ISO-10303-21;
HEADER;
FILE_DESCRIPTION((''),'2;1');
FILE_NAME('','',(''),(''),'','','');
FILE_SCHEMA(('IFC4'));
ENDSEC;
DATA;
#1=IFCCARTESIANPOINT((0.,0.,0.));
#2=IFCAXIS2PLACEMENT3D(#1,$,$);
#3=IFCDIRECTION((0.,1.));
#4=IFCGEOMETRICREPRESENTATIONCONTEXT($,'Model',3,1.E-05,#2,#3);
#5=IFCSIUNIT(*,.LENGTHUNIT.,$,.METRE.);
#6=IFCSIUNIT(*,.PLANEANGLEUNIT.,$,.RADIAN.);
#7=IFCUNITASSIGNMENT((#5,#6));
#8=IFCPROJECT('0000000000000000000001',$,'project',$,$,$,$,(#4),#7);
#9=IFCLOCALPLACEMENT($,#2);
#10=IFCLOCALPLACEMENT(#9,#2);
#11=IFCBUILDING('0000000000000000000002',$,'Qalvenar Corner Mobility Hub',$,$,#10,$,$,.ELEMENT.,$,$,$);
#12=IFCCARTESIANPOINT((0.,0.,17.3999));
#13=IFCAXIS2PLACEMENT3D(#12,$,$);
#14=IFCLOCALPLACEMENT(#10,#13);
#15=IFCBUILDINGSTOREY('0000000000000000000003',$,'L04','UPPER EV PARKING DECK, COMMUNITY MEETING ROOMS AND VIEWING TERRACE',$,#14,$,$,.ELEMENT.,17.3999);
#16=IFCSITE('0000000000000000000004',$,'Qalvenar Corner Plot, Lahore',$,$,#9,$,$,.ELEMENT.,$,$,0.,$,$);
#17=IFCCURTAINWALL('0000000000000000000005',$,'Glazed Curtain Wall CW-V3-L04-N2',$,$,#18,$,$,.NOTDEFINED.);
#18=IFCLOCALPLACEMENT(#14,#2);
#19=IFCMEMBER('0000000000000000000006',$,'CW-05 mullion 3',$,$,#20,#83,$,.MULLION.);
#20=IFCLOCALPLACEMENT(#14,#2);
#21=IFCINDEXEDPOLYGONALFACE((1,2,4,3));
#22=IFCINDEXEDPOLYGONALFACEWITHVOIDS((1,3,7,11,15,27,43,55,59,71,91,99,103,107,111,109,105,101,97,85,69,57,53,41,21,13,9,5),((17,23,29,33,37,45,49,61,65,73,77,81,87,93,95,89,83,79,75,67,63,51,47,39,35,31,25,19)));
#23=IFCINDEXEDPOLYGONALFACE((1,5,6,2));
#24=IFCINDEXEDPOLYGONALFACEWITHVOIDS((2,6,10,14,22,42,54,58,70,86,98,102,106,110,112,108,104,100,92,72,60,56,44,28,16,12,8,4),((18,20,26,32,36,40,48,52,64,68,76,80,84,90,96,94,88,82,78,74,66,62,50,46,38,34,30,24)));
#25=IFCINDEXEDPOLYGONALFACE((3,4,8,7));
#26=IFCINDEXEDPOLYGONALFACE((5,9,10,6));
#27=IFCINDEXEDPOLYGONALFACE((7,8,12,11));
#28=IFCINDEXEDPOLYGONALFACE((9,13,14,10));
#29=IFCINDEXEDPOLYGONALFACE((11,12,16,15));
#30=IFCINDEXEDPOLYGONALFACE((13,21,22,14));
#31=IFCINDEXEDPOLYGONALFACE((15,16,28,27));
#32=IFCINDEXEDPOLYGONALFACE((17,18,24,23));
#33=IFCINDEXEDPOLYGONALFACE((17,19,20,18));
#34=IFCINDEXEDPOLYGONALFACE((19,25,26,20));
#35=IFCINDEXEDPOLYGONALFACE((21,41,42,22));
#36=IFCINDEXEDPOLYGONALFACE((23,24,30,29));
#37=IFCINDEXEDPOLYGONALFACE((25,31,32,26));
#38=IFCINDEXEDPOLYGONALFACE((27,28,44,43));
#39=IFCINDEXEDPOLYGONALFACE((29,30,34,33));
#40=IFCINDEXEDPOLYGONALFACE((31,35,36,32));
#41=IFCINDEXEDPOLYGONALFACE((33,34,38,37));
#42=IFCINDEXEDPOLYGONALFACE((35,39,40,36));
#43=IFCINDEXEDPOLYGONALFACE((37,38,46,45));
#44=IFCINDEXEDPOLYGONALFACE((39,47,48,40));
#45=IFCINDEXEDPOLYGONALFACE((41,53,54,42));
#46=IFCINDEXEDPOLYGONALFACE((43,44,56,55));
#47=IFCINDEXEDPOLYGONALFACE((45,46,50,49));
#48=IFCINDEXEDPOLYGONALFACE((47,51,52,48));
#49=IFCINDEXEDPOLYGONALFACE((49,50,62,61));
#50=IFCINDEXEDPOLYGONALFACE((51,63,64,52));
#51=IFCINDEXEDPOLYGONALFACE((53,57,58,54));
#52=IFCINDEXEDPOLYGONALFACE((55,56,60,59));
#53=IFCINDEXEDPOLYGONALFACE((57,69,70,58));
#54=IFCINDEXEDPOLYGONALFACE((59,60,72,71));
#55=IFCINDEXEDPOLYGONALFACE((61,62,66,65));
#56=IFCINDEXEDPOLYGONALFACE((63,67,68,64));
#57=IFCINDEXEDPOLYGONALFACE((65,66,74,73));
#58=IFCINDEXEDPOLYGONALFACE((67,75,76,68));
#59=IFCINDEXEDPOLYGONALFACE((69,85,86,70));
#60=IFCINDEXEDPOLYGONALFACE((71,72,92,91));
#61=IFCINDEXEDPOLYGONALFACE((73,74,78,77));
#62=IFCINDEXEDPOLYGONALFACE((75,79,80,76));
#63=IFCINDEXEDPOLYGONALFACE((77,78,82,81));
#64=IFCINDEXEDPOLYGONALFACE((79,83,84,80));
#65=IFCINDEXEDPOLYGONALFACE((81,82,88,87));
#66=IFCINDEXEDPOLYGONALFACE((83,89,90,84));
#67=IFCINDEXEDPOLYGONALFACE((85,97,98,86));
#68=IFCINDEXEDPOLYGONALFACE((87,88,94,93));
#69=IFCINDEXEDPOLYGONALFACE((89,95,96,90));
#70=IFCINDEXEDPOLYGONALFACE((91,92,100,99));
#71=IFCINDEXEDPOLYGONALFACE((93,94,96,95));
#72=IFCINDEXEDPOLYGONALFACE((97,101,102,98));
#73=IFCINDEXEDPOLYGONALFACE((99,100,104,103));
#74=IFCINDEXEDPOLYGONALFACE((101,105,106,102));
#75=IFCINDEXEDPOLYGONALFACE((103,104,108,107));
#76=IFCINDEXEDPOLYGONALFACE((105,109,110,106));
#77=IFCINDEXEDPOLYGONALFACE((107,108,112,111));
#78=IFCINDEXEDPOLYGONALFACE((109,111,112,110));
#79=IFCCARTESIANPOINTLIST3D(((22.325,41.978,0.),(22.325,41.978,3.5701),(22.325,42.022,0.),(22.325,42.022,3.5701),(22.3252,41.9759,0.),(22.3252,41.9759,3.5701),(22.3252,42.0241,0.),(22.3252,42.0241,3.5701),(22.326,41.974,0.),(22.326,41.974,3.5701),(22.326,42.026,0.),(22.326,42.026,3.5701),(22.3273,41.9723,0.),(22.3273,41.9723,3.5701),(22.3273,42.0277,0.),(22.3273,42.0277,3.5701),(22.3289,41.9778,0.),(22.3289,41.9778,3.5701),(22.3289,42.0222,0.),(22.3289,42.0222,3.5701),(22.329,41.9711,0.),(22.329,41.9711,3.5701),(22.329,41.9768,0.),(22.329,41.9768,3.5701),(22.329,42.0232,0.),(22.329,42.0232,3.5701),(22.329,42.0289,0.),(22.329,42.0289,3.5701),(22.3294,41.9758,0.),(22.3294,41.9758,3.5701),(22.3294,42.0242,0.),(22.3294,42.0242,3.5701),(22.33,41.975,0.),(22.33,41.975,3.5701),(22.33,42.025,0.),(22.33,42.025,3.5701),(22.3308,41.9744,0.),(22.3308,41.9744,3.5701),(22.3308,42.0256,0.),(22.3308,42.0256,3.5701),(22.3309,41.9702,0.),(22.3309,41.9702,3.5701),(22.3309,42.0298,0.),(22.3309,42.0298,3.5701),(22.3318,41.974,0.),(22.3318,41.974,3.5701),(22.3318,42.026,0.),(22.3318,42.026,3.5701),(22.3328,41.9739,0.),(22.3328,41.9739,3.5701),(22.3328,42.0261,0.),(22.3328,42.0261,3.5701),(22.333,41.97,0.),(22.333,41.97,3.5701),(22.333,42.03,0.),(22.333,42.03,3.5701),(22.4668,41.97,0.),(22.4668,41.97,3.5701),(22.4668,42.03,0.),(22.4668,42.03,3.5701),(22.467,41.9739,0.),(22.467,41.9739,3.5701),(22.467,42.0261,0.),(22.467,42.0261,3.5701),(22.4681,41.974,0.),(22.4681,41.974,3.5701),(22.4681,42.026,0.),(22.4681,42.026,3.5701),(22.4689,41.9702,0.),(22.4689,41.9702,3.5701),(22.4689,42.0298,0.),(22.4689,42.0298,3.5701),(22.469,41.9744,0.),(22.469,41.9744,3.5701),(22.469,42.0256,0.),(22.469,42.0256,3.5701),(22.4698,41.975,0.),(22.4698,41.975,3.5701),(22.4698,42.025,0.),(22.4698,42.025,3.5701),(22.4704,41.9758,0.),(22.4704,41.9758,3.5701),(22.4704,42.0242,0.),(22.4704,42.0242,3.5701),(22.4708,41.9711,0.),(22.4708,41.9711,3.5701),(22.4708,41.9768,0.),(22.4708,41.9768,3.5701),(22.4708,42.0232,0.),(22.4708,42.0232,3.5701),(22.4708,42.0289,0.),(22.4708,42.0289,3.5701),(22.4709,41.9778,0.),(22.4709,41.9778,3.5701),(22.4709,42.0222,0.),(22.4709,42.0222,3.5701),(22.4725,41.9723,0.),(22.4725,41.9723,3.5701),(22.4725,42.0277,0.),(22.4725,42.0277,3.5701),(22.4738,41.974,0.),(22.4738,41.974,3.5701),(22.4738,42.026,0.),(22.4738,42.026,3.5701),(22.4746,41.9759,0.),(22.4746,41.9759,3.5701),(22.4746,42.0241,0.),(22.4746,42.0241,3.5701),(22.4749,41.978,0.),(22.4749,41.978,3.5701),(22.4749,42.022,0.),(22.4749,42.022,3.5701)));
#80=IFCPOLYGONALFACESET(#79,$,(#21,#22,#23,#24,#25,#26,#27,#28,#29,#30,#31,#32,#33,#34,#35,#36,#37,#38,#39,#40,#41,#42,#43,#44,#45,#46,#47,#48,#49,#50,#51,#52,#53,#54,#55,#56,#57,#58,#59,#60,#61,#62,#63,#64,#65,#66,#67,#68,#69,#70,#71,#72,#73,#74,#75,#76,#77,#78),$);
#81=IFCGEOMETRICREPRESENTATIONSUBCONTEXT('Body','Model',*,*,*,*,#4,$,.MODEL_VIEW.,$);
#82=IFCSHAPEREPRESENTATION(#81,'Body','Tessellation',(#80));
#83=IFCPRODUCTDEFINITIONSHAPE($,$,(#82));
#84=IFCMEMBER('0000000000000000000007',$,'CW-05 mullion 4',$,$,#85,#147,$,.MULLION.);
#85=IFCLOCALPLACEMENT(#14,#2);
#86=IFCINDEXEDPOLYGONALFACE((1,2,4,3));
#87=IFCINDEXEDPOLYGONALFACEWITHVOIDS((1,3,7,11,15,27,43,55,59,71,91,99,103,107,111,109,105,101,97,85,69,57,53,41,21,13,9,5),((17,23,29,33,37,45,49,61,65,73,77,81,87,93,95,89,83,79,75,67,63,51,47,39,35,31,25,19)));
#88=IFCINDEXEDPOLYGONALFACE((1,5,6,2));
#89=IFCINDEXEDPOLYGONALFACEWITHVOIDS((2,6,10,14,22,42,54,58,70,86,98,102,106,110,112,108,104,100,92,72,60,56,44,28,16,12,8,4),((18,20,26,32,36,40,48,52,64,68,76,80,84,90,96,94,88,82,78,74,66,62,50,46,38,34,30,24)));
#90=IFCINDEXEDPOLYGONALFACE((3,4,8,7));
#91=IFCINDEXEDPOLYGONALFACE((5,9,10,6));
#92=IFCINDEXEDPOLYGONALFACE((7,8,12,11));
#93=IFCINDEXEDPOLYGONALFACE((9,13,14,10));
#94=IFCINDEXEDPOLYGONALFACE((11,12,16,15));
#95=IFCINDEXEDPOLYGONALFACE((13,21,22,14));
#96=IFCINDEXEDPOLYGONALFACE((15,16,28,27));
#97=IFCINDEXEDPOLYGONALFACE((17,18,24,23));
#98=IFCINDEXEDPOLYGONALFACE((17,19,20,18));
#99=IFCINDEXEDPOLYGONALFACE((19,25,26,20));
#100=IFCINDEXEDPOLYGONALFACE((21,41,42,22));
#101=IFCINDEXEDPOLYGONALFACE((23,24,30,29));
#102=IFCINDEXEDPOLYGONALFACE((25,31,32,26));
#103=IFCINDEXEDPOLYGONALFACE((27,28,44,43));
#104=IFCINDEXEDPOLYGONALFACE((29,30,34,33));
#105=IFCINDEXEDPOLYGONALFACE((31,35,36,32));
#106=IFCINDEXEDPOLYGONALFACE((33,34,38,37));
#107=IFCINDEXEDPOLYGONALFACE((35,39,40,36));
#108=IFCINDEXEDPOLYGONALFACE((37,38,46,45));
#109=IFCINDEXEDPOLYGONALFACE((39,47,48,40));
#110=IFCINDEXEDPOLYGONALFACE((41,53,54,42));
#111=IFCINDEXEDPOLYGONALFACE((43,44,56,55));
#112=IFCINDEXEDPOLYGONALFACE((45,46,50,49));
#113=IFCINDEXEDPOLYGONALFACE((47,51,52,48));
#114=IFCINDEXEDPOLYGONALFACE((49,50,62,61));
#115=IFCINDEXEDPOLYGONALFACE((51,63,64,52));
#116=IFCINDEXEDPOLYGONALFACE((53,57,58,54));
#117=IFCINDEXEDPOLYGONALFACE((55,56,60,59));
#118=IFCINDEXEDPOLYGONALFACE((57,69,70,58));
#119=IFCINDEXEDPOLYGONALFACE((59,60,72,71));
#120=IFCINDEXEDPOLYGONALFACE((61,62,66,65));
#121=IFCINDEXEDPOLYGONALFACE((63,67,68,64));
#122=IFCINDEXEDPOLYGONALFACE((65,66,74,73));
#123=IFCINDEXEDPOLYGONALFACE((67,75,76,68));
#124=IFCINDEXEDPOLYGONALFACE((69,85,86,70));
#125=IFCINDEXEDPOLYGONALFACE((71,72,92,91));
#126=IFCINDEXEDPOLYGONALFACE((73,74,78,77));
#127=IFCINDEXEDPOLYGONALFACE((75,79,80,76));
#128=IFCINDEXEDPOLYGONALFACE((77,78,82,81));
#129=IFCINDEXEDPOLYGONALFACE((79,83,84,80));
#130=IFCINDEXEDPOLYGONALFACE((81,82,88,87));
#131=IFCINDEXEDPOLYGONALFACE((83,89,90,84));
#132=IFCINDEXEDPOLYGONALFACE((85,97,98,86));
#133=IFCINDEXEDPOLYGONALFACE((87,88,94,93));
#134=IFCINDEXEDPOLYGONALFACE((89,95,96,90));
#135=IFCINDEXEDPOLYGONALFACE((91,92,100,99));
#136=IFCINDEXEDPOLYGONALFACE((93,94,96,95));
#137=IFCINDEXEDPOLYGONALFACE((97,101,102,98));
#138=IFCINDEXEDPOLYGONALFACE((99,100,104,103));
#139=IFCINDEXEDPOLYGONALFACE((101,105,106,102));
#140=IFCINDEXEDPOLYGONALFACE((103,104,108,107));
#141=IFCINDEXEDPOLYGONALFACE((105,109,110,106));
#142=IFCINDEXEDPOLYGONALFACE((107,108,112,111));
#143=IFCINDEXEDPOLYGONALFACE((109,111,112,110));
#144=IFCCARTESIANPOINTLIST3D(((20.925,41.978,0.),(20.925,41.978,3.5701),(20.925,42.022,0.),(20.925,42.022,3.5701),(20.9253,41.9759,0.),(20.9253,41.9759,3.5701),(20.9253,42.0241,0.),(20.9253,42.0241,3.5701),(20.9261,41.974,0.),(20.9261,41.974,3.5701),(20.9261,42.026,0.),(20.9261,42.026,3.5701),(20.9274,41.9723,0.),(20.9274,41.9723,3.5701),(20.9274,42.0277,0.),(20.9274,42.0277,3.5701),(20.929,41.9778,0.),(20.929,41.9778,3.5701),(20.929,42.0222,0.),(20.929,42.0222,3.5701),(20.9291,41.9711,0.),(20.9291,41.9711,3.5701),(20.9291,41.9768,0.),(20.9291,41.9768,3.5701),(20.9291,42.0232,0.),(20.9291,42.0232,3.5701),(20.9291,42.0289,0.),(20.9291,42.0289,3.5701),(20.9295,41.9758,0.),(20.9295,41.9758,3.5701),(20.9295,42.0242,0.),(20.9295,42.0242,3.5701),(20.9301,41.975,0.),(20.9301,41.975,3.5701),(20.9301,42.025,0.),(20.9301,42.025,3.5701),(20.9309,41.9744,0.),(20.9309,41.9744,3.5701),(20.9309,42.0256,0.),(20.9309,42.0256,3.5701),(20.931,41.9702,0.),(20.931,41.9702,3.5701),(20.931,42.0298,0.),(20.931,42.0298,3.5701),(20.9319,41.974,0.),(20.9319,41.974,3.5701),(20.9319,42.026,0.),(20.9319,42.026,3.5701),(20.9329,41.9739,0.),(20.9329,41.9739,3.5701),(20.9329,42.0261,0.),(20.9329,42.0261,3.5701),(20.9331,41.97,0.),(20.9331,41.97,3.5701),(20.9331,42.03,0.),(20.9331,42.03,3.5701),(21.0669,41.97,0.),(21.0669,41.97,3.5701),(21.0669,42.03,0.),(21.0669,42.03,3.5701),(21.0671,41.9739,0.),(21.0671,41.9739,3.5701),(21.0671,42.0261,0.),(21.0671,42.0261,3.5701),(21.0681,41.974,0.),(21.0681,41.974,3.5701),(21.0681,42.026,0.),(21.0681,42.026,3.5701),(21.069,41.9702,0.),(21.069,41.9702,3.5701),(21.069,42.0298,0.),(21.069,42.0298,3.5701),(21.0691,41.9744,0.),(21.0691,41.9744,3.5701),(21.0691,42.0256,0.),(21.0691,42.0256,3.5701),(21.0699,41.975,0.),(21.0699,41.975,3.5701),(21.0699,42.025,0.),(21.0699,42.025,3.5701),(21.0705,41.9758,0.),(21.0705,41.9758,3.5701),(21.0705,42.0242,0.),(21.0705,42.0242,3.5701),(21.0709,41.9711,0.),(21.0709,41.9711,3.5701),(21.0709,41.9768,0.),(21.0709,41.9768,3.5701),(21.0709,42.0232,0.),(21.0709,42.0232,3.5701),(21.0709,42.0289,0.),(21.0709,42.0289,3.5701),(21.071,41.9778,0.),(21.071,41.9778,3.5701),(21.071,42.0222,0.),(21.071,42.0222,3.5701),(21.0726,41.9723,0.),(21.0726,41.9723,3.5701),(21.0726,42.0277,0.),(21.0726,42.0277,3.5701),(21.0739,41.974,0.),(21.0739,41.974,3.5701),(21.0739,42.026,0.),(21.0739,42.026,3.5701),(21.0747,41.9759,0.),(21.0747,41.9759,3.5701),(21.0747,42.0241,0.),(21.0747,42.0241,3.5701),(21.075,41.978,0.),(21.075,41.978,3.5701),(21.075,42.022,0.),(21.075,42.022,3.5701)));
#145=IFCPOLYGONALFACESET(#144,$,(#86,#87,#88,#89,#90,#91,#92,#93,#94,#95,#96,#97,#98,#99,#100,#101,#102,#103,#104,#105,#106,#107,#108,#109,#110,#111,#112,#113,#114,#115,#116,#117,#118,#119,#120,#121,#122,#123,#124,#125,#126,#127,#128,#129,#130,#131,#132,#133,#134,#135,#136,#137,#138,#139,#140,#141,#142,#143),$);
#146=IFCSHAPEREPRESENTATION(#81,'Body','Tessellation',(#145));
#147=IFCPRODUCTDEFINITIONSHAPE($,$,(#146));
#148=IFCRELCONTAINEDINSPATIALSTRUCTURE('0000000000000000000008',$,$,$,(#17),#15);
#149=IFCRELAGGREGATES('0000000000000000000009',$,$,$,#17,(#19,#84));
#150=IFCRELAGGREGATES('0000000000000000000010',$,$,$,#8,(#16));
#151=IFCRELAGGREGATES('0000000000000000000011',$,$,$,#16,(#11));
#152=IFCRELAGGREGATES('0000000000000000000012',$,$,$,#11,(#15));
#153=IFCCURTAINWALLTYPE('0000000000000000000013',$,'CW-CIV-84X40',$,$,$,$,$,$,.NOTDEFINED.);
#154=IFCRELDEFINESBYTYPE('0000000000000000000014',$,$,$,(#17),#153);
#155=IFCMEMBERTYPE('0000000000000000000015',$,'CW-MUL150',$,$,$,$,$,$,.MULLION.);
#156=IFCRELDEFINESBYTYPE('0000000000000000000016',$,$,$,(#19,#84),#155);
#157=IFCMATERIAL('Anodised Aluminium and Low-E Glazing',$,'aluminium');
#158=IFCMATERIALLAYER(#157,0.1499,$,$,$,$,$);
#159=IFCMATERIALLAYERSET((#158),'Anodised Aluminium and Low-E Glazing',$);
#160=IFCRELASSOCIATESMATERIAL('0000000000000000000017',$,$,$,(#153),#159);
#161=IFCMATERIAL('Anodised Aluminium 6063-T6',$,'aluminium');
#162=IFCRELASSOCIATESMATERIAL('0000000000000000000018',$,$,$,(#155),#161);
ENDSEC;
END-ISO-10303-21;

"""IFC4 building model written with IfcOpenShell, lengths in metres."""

from ifc_helpers import new_model, si_unit, direction, frame, origin, origin_2d, place, context, subcontext, project, spatial, hollow_rectangle, extrude, material, layer, layer_set, material_profile, profile_set, type_object, element, aggregate, save


model = new_model("IFC4")

# Units and contexts
model_context = context("Model", 3, precision=1e-05, world=origin(), true_north=direction((0.0, 1.0)))
body_context = subcontext(model_context, "Body", "Model", "MODEL_VIEW")
ifc_project = project(units=[si_unit("LENGTHUNIT", "METRE"), si_unit("PLANEANGLEUNIT", "RADIAN")], contexts=[model_context])

# Site, building, storey
site_placement = place(None, origin())
site = spatial("IfcSite", under=ifc_project, at=site_placement, Name="Qalvenar Corner Plot, Lahore", CompositionType="ELEMENT", RefElevation=0.0)
building_placement = place(site_placement, origin())
building = spatial("IfcBuilding", under=site, at=building_placement, Name="Qalvenar Corner Mobility Hub", CompositionType="ELEMENT")
storey_placement = place(building_placement, frame((0.0, 0.0, 17.3999)))
storey = spatial("IfcBuildingStorey", under=building, at=storey_placement, Name="L04", Description="UPPER EV PARKING DECK, COMMUNITY MEETING ROOMS AND VIEWING TERRACE", CompositionType="ELEMENT", Elevation=17.3999)

# Curtain wall, members
ifc_material_1 = material(Name="Anodised Aluminium and Low-E Glazing", Category="aluminium")
ifc_layer_1 = layer(ifc_material_1, 0.1499)
ifc_layer_set_1 = layer_set([ifc_layer_1], Name="Anodised Aluminium and Low-E Glazing")
curtain_wall_type = type_object("IfcCurtainWallType", Name="CW-CIV-84X40", PredefinedType="NOTDEFINED", material=ifc_layer_set_1)
curtain_wall_placement = place(storey_placement, origin())
curtain_wall = element("IfcCurtainWall", 1, at=curtain_wall_placement, inside=storey, type_object=curtain_wall_type, Name="Glazed Curtain Wall CW-V3-L04-N2", PredefinedType="NOTDEFINED")
ifc_material_2 = material(Name="Anodised Aluminium 6063-T6", Category="aluminium")
ifc_material_profile_1 = material_profile(ifc_material_2, hollow_rectangle(XDim=0.0601, YDim=0.1499, WallThickness=0.0039, InnerFilletRadius=0.0039, OuterFilletRadius=0.0081, at=origin_2d()), Name="RHS150x60x4")
ifc_profile_set_1 = profile_set([ifc_material_profile_1], Name="Anodised Aluminium 6063-T6")
member_type_1 = type_object("IfcMemberType", Name="CW-MUL150", PredefinedType="MULLION", material=ifc_profile_set_1)
member_1_placement = place(storey_placement, frame((22.3999, 42.0, 0.0), z_axis=(0.0, 0.0, 1.0), x_axis=(0.0, -1.0, 0.0)))
member_1 = element("IfcMember", 2, at=member_1_placement, type_object=member_type_1, Name="CW-05 mullion 3", PredefinedType="MULLION", context=body_context, shape_type="SweptSolid", body=[
    extrude(hollow_rectangle(XDim=0.0601, YDim=0.1499, WallThickness=0.0039, InnerFilletRadius=0.0039, OuterFilletRadius=0.0081, at=origin_2d()), origin(), (0.0, 0.0, 1.0), 3.5701),
])
member_2_placement = place(storey_placement, frame((21.0, 42.0, 0.0), z_axis=(0.0, 0.0, 1.0), x_axis=(0.0, -1.0, 0.0)))
member_2 = element("IfcMember", 3, at=member_2_placement, type_object=member_type_1, Name="CW-05 mullion 4", PredefinedType="MULLION", context=body_context, shape_type="SweptSolid", body=[
    extrude(hollow_rectangle(XDim=0.0601, YDim=0.1499, WallThickness=0.0039, InnerFilletRadius=0.0039, OuterFilletRadius=0.0081, at=origin_2d()), origin(), (0.0, 0.0, 1.0), 3.5701),
])
aggregate(curtain_wall, [member_1, member_2])

save(model, "model.ifc")
